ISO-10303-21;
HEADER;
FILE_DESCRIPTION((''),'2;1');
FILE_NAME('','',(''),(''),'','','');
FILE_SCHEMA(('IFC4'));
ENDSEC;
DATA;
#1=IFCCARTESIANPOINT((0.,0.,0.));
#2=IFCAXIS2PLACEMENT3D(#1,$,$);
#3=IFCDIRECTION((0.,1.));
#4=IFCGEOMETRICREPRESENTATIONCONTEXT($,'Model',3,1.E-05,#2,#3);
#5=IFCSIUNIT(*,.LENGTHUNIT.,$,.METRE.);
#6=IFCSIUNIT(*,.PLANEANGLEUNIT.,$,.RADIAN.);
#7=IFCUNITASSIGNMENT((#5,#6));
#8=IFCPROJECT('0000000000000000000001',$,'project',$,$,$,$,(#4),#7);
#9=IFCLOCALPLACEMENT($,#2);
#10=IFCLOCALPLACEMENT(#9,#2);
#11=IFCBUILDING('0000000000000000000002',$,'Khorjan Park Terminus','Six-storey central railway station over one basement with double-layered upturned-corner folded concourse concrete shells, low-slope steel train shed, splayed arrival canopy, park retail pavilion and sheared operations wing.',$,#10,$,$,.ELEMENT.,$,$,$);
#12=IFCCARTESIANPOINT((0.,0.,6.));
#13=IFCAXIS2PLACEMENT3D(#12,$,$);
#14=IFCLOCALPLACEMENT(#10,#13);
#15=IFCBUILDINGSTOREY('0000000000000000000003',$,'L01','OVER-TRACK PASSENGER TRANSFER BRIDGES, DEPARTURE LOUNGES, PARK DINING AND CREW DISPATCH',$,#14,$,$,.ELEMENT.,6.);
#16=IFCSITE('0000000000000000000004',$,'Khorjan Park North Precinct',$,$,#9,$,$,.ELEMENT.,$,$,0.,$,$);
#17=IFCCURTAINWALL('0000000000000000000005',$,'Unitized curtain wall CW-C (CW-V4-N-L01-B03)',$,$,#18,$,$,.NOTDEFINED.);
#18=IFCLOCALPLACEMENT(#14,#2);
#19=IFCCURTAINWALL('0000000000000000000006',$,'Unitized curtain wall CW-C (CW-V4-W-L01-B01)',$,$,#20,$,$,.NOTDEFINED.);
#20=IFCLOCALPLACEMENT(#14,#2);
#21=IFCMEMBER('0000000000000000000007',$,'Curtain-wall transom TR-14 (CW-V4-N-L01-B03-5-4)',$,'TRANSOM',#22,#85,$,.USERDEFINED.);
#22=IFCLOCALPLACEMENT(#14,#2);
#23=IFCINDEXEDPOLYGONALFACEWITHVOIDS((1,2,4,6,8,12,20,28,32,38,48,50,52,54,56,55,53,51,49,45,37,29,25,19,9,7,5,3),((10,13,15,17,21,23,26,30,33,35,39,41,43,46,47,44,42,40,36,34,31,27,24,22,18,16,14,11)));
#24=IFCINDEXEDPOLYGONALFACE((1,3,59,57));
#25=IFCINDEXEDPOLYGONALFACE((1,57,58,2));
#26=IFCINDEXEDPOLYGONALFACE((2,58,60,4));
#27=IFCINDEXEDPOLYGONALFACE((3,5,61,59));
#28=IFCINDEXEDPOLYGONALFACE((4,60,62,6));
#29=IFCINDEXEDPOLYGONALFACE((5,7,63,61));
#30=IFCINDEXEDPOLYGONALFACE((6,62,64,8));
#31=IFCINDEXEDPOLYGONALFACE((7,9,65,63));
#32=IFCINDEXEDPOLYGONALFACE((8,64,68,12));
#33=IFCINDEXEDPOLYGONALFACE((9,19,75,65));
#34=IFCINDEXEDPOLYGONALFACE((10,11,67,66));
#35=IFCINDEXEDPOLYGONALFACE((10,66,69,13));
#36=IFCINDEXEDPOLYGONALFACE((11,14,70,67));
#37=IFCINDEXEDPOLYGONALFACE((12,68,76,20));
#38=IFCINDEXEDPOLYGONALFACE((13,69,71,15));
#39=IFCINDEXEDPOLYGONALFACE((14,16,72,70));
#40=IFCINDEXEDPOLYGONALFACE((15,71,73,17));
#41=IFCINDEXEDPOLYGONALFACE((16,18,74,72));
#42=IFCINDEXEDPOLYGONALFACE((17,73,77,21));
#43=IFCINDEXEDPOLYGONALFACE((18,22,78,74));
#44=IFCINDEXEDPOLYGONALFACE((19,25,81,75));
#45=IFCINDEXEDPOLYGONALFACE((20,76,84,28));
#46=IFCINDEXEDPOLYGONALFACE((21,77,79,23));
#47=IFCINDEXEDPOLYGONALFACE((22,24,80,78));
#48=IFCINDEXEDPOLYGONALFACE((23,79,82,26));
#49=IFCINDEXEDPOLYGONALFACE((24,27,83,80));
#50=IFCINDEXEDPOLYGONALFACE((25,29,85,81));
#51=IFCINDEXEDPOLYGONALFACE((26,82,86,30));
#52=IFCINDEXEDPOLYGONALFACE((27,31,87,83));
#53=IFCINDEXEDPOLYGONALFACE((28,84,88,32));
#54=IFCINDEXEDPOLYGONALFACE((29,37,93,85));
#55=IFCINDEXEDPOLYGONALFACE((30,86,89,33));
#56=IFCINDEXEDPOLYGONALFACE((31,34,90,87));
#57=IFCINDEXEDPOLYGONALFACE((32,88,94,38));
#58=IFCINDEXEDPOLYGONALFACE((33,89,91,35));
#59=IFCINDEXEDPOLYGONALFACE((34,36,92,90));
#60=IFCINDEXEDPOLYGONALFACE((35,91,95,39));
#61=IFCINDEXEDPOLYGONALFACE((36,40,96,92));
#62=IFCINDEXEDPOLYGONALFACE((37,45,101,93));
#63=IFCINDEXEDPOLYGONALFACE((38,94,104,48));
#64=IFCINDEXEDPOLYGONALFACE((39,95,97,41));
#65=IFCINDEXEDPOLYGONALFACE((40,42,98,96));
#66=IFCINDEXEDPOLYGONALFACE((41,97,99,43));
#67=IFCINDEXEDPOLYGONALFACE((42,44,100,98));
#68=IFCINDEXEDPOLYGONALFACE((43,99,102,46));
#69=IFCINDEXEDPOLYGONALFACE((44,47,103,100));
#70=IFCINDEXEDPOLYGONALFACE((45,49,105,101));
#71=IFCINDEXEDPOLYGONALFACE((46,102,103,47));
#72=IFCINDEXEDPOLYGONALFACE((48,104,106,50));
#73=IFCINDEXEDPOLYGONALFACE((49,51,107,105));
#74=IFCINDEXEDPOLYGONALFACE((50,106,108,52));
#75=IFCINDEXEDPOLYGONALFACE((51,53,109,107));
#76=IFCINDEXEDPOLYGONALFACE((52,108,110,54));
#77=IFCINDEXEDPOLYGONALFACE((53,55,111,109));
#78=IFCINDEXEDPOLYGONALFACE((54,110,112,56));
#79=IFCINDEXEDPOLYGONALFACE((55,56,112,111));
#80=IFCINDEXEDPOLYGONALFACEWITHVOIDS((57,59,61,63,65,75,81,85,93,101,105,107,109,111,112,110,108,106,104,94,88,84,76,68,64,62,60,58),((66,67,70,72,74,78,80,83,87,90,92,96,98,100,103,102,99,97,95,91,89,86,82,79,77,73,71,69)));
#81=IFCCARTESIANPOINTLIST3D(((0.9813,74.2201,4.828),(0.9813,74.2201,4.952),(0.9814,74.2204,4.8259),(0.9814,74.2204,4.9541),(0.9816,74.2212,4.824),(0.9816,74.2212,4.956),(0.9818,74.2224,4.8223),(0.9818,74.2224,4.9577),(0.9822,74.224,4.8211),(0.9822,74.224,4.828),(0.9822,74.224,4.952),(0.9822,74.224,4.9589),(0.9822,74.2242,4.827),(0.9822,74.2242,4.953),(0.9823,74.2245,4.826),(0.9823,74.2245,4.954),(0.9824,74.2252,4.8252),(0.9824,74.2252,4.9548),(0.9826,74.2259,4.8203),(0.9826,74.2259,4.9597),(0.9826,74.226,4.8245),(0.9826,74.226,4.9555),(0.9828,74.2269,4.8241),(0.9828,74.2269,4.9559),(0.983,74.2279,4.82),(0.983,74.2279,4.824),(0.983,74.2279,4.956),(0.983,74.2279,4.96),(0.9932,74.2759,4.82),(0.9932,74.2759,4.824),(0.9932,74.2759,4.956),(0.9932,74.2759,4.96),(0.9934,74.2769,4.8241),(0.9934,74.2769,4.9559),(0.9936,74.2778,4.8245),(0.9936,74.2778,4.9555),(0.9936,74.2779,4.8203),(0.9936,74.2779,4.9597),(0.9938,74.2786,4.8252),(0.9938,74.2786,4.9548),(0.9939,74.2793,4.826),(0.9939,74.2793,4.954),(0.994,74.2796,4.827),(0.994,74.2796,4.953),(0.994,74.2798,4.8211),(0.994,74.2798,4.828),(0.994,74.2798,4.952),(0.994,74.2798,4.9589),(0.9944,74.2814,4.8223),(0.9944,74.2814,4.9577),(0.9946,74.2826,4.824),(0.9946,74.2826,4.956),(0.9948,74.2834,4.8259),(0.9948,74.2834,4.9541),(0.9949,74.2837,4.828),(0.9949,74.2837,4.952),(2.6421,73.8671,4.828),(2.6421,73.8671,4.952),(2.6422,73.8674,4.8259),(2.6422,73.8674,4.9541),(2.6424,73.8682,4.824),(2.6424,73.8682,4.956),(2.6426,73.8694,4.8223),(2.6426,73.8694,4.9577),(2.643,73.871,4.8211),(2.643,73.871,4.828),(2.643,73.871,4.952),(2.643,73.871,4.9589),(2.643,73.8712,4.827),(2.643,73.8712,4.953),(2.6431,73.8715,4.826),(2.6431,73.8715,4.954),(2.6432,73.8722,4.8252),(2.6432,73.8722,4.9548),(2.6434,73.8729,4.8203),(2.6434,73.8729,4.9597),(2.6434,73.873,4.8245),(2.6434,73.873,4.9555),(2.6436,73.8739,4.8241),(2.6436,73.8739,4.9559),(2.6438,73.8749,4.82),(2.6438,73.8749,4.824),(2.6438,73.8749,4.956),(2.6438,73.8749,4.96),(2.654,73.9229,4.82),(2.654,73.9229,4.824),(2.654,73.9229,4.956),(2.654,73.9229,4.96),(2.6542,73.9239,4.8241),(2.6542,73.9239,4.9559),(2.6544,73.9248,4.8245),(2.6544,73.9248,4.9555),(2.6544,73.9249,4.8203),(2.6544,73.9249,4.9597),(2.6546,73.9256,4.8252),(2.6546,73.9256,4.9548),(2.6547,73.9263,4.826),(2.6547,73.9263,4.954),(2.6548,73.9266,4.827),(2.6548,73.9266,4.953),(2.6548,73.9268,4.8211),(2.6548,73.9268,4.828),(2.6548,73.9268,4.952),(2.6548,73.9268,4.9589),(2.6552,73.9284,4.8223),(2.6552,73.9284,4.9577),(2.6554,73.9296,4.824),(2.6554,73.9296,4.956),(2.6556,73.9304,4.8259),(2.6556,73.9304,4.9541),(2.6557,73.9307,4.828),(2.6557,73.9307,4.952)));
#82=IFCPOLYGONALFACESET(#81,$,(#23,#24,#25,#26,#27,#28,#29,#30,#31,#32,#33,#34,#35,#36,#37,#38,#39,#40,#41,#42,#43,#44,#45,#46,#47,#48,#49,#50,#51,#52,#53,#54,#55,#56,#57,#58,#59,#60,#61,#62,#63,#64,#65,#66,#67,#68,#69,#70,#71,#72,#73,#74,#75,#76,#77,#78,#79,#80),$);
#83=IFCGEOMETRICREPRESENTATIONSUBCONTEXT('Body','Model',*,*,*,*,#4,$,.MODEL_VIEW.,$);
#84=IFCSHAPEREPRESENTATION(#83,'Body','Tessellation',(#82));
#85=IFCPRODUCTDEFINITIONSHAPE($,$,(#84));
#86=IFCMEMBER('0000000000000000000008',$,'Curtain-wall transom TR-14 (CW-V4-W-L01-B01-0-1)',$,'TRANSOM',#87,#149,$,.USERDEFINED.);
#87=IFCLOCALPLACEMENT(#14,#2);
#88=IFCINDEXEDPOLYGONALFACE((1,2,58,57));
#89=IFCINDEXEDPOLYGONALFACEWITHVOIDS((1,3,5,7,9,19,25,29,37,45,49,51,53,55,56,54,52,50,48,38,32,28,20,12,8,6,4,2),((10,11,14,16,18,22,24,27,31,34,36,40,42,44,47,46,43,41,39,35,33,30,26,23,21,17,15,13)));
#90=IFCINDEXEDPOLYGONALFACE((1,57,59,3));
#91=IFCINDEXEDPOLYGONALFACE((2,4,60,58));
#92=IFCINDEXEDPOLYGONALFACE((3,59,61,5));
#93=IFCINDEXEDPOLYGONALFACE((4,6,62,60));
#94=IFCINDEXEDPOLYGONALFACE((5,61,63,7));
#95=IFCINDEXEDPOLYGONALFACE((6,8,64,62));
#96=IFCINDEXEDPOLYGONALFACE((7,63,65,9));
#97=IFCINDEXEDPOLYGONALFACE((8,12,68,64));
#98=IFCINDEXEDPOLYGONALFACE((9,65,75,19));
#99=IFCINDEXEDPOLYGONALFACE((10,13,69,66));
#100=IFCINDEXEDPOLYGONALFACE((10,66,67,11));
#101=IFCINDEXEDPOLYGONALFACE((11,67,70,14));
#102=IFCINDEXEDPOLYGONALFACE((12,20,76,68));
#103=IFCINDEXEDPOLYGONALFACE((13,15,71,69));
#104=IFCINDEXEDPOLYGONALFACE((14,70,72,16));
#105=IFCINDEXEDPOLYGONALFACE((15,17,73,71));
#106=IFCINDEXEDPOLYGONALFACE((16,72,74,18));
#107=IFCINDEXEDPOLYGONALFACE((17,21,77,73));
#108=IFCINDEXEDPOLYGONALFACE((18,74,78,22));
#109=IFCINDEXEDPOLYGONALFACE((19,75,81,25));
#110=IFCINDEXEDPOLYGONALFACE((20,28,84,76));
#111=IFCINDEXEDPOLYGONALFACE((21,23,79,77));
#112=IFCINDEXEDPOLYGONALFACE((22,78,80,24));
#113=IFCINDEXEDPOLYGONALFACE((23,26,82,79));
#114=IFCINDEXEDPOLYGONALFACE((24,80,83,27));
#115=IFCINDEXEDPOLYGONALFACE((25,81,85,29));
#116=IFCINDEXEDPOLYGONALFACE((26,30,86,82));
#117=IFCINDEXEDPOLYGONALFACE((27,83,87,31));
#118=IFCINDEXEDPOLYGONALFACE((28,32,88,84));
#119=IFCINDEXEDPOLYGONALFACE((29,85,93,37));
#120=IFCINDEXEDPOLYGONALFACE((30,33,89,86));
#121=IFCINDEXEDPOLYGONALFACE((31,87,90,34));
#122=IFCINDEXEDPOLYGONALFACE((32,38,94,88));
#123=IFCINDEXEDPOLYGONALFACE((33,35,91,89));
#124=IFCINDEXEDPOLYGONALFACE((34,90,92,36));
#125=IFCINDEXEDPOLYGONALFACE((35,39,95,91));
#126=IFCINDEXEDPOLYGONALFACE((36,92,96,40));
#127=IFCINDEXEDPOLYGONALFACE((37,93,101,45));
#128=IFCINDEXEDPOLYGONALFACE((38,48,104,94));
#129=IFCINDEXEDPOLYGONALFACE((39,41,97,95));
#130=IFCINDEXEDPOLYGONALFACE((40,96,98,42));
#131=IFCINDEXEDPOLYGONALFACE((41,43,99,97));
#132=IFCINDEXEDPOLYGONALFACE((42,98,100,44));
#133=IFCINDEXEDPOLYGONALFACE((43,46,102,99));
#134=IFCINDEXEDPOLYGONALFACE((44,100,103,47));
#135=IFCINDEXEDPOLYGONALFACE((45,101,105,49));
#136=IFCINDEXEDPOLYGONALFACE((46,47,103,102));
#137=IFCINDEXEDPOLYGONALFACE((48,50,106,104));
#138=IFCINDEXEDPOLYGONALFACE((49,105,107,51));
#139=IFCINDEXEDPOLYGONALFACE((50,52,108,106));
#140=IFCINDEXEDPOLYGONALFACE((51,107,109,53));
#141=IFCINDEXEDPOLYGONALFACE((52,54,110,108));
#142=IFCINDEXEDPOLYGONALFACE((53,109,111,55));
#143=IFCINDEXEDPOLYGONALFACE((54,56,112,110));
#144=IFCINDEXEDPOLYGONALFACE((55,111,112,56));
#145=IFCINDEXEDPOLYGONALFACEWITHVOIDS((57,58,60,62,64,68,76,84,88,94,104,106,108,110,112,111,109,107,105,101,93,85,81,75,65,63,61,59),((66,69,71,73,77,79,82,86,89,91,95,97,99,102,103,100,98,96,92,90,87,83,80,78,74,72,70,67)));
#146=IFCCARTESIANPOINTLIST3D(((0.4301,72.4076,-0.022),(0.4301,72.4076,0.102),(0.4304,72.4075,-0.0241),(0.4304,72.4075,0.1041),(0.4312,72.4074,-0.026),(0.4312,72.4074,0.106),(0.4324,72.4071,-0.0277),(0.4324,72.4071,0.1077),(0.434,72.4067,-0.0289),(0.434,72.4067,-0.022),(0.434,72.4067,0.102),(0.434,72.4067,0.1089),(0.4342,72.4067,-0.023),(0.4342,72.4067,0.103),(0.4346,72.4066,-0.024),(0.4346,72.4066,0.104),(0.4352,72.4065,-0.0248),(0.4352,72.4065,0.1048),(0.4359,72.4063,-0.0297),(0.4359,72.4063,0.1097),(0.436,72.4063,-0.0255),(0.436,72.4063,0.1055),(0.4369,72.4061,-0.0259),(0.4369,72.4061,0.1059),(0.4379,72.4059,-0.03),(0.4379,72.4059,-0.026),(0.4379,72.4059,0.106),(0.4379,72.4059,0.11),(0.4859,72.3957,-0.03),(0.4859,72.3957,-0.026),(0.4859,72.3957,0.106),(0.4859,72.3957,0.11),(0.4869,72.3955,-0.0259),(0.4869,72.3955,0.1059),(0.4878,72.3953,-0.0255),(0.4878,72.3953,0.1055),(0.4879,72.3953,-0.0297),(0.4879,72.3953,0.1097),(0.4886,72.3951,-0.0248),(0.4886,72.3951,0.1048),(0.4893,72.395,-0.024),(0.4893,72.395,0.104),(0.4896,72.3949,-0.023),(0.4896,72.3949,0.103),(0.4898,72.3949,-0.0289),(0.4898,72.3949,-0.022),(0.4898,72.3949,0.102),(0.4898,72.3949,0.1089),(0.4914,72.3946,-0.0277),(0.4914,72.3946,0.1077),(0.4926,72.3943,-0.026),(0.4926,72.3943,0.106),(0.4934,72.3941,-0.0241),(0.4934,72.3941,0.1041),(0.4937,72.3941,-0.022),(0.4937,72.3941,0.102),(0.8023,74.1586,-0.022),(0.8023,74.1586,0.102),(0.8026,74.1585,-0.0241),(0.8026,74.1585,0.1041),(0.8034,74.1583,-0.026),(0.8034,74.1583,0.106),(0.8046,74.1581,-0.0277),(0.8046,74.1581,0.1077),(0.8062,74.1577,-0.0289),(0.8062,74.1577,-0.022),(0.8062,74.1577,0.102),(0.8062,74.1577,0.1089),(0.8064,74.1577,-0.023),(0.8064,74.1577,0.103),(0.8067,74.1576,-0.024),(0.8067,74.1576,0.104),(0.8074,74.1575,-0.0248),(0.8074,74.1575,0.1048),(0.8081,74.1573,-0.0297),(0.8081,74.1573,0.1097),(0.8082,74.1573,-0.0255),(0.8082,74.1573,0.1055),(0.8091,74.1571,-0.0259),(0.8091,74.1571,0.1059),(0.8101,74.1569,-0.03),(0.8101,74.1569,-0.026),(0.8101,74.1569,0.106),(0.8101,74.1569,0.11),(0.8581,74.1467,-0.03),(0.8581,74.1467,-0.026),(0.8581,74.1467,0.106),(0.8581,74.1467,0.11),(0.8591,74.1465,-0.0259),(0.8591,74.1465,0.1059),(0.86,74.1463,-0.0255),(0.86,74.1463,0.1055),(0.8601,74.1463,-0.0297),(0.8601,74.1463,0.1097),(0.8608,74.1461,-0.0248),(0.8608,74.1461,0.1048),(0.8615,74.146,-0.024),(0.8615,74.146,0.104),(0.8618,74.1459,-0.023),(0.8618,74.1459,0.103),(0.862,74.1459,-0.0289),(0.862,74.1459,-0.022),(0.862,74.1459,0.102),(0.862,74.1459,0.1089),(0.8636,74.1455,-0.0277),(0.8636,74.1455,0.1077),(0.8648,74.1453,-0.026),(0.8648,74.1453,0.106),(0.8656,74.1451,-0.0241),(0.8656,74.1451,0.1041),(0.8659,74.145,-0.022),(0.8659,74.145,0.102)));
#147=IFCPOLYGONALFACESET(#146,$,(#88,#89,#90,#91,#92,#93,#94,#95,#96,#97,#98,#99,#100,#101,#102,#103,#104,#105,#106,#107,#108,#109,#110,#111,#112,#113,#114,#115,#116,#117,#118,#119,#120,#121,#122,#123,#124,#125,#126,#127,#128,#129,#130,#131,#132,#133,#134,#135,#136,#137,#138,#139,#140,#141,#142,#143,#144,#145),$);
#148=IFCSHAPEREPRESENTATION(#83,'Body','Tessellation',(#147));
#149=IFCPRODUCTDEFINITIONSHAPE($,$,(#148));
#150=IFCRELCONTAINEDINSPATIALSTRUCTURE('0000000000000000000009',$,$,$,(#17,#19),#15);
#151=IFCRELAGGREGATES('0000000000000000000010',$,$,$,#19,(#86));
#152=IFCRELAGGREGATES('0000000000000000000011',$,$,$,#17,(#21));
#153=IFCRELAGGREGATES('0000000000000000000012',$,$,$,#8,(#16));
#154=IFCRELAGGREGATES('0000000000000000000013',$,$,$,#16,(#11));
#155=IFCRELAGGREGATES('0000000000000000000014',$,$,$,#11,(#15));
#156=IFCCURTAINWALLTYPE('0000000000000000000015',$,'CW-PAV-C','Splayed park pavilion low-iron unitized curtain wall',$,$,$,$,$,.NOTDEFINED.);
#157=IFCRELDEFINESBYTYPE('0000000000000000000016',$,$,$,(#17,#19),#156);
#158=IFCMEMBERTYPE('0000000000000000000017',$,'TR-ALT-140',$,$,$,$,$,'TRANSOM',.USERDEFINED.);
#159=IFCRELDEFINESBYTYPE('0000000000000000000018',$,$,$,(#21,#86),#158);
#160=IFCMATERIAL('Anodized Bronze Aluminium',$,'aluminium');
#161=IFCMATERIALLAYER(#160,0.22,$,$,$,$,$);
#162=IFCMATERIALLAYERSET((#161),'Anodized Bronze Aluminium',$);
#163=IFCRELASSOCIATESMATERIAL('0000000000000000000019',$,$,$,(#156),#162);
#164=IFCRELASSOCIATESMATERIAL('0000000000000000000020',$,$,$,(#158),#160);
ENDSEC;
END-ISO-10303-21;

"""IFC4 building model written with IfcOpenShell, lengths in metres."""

from ifc_helpers import new_model, si_unit, direction, frame, origin, origin_2d, place, context, subcontext, project, spatial, hollow_rectangle, extrude, material, layer, layer_set, material_profile, profile_set, type_object, element, aggregate, save


model = new_model("IFC4")

# Units and contexts
model_context = context("Model", 3, precision=1e-05, world=origin(), true_north=direction((0.0, 1.0)))
body_context = subcontext(model_context, "Body", "Model", "MODEL_VIEW")
ifc_project = project(units=[si_unit("LENGTHUNIT", "METRE"), si_unit("PLANEANGLEUNIT", "RADIAN")], contexts=[model_context])

# Site, building, storey
site_placement = place(None, origin())
site = spatial("IfcSite", under=ifc_project, at=site_placement, Name="Khorjan Park North Precinct", CompositionType="ELEMENT", RefElevation=0.0)
building_placement = place(site_placement, origin())
building = spatial("IfcBuilding", under=site, at=building_placement, Name="Khorjan Park Terminus", Description="Six-storey central railway station over one basement with double-layered upturned-corner folded concourse concrete shells, low-slope steel train shed, splayed arrival canopy, park retail pavilion and sheared operations wing.", CompositionType="ELEMENT")
storey_placement = place(building_placement, frame((0.0, 0.0, 6.0)))
storey = spatial("IfcBuildingStorey", under=building, at=storey_placement, Name="L01", Description="OVER-TRACK PASSENGER TRANSFER BRIDGES, DEPARTURE LOUNGES, PARK DINING AND CREW DISPATCH", CompositionType="ELEMENT", Elevation=6.0)

# Curtain wall
ifc_material_1 = material(Name="Anodized Bronze Aluminium", Category="aluminium")
ifc_layer_1 = layer(ifc_material_1, 0.22)
ifc_layer_set_1 = layer_set([ifc_layer_1], Name="Anodized Bronze Aluminium")
curtain_wall_type = type_object("IfcCurtainWallType", Name="CW-PAV-C", Description="Splayed park pavilion low-iron unitized curtain wall", PredefinedType="NOTDEFINED", material=ifc_layer_set_1)
curtain_wall_1_placement = place(storey_placement, origin())
curtain_wall_1 = element("IfcCurtainWall", 1, at=curtain_wall_1_placement, inside=storey, type_object=curtain_wall_type, Name="Unitized curtain wall CW-C (CW-V4-N-L01-B03)", PredefinedType="NOTDEFINED")

# Curtain wall
curtain_wall_2_placement = place(storey_placement, origin())
curtain_wall_2 = element("IfcCurtainWall", 2, at=curtain_wall_2_placement, inside=storey, type_object=curtain_wall_type, Name="Unitized curtain wall CW-C (CW-V4-W-L01-B01)", PredefinedType="NOTDEFINED")

# Members
ifc_material_profile_1 = material_profile(ifc_material_1, hollow_rectangle(XDim=0.065, YDim=0.14, WallThickness=0.004, InnerFilletRadius=0.004, OuterFilletRadius=0.008, at=origin_2d()), Name="ALT 65x140x4")
ifc_profile_set_1 = profile_set([ifc_material_profile_1], Name="Anodized Bronze Aluminium")
member_type_1 = type_object("IfcMemberType", Name="TR-ALT-140", ElementType="TRANSOM", PredefinedType="USERDEFINED", material=ifc_profile_set_1)
member_1_placement = place(storey_placement, frame((2.6489, 73.8989, 4.89), z_axis=(-0.978149, 0.207904, 0.0), x_axis=(-0.207904, -0.978149, 0.0)))
member_1 = element("IfcMember", 3, at=member_1_placement, type_object=member_type_1, Name="Curtain-wall transom TR-14 (CW-V4-N-L01-B03-5-4)", ObjectType="TRANSOM", PredefinedType="USERDEFINED", context=body_context, shape_type="SweptSolid", body=[
    extrude(hollow_rectangle(XDim=0.065, YDim=0.14, WallThickness=0.004, InnerFilletRadius=0.004, OuterFilletRadius=0.008, at=origin_2d()), origin(), (0.0, 0.0, 1.0), 1.6979),
])
member_2_placement = place(storey_placement, frame((0.8341, 74.1518, 0.04), z_axis=(-0.207919, -0.978146, 0.0), x_axis=(0.978146, -0.207919, 0.0)))
member_2 = element("IfcMember", 4, at=member_2_placement, type_object=member_type_1, Name="Curtain-wall transom TR-14 (CW-V4-W-L01-B01-0-1)", ObjectType="TRANSOM", PredefinedType="USERDEFINED", context=body_context, shape_type="SweptSolid", body=[
    extrude(hollow_rectangle(XDim=0.065, YDim=0.14, WallThickness=0.004, InnerFilletRadius=0.004, OuterFilletRadius=0.008, at=origin_2d()), origin(), (0.0, 0.0, 1.0), 1.7901),
])

aggregate(curtain_wall_2, [member_2])
aggregate(curtain_wall_1, [member_1])

save(model, "model.ifc")
